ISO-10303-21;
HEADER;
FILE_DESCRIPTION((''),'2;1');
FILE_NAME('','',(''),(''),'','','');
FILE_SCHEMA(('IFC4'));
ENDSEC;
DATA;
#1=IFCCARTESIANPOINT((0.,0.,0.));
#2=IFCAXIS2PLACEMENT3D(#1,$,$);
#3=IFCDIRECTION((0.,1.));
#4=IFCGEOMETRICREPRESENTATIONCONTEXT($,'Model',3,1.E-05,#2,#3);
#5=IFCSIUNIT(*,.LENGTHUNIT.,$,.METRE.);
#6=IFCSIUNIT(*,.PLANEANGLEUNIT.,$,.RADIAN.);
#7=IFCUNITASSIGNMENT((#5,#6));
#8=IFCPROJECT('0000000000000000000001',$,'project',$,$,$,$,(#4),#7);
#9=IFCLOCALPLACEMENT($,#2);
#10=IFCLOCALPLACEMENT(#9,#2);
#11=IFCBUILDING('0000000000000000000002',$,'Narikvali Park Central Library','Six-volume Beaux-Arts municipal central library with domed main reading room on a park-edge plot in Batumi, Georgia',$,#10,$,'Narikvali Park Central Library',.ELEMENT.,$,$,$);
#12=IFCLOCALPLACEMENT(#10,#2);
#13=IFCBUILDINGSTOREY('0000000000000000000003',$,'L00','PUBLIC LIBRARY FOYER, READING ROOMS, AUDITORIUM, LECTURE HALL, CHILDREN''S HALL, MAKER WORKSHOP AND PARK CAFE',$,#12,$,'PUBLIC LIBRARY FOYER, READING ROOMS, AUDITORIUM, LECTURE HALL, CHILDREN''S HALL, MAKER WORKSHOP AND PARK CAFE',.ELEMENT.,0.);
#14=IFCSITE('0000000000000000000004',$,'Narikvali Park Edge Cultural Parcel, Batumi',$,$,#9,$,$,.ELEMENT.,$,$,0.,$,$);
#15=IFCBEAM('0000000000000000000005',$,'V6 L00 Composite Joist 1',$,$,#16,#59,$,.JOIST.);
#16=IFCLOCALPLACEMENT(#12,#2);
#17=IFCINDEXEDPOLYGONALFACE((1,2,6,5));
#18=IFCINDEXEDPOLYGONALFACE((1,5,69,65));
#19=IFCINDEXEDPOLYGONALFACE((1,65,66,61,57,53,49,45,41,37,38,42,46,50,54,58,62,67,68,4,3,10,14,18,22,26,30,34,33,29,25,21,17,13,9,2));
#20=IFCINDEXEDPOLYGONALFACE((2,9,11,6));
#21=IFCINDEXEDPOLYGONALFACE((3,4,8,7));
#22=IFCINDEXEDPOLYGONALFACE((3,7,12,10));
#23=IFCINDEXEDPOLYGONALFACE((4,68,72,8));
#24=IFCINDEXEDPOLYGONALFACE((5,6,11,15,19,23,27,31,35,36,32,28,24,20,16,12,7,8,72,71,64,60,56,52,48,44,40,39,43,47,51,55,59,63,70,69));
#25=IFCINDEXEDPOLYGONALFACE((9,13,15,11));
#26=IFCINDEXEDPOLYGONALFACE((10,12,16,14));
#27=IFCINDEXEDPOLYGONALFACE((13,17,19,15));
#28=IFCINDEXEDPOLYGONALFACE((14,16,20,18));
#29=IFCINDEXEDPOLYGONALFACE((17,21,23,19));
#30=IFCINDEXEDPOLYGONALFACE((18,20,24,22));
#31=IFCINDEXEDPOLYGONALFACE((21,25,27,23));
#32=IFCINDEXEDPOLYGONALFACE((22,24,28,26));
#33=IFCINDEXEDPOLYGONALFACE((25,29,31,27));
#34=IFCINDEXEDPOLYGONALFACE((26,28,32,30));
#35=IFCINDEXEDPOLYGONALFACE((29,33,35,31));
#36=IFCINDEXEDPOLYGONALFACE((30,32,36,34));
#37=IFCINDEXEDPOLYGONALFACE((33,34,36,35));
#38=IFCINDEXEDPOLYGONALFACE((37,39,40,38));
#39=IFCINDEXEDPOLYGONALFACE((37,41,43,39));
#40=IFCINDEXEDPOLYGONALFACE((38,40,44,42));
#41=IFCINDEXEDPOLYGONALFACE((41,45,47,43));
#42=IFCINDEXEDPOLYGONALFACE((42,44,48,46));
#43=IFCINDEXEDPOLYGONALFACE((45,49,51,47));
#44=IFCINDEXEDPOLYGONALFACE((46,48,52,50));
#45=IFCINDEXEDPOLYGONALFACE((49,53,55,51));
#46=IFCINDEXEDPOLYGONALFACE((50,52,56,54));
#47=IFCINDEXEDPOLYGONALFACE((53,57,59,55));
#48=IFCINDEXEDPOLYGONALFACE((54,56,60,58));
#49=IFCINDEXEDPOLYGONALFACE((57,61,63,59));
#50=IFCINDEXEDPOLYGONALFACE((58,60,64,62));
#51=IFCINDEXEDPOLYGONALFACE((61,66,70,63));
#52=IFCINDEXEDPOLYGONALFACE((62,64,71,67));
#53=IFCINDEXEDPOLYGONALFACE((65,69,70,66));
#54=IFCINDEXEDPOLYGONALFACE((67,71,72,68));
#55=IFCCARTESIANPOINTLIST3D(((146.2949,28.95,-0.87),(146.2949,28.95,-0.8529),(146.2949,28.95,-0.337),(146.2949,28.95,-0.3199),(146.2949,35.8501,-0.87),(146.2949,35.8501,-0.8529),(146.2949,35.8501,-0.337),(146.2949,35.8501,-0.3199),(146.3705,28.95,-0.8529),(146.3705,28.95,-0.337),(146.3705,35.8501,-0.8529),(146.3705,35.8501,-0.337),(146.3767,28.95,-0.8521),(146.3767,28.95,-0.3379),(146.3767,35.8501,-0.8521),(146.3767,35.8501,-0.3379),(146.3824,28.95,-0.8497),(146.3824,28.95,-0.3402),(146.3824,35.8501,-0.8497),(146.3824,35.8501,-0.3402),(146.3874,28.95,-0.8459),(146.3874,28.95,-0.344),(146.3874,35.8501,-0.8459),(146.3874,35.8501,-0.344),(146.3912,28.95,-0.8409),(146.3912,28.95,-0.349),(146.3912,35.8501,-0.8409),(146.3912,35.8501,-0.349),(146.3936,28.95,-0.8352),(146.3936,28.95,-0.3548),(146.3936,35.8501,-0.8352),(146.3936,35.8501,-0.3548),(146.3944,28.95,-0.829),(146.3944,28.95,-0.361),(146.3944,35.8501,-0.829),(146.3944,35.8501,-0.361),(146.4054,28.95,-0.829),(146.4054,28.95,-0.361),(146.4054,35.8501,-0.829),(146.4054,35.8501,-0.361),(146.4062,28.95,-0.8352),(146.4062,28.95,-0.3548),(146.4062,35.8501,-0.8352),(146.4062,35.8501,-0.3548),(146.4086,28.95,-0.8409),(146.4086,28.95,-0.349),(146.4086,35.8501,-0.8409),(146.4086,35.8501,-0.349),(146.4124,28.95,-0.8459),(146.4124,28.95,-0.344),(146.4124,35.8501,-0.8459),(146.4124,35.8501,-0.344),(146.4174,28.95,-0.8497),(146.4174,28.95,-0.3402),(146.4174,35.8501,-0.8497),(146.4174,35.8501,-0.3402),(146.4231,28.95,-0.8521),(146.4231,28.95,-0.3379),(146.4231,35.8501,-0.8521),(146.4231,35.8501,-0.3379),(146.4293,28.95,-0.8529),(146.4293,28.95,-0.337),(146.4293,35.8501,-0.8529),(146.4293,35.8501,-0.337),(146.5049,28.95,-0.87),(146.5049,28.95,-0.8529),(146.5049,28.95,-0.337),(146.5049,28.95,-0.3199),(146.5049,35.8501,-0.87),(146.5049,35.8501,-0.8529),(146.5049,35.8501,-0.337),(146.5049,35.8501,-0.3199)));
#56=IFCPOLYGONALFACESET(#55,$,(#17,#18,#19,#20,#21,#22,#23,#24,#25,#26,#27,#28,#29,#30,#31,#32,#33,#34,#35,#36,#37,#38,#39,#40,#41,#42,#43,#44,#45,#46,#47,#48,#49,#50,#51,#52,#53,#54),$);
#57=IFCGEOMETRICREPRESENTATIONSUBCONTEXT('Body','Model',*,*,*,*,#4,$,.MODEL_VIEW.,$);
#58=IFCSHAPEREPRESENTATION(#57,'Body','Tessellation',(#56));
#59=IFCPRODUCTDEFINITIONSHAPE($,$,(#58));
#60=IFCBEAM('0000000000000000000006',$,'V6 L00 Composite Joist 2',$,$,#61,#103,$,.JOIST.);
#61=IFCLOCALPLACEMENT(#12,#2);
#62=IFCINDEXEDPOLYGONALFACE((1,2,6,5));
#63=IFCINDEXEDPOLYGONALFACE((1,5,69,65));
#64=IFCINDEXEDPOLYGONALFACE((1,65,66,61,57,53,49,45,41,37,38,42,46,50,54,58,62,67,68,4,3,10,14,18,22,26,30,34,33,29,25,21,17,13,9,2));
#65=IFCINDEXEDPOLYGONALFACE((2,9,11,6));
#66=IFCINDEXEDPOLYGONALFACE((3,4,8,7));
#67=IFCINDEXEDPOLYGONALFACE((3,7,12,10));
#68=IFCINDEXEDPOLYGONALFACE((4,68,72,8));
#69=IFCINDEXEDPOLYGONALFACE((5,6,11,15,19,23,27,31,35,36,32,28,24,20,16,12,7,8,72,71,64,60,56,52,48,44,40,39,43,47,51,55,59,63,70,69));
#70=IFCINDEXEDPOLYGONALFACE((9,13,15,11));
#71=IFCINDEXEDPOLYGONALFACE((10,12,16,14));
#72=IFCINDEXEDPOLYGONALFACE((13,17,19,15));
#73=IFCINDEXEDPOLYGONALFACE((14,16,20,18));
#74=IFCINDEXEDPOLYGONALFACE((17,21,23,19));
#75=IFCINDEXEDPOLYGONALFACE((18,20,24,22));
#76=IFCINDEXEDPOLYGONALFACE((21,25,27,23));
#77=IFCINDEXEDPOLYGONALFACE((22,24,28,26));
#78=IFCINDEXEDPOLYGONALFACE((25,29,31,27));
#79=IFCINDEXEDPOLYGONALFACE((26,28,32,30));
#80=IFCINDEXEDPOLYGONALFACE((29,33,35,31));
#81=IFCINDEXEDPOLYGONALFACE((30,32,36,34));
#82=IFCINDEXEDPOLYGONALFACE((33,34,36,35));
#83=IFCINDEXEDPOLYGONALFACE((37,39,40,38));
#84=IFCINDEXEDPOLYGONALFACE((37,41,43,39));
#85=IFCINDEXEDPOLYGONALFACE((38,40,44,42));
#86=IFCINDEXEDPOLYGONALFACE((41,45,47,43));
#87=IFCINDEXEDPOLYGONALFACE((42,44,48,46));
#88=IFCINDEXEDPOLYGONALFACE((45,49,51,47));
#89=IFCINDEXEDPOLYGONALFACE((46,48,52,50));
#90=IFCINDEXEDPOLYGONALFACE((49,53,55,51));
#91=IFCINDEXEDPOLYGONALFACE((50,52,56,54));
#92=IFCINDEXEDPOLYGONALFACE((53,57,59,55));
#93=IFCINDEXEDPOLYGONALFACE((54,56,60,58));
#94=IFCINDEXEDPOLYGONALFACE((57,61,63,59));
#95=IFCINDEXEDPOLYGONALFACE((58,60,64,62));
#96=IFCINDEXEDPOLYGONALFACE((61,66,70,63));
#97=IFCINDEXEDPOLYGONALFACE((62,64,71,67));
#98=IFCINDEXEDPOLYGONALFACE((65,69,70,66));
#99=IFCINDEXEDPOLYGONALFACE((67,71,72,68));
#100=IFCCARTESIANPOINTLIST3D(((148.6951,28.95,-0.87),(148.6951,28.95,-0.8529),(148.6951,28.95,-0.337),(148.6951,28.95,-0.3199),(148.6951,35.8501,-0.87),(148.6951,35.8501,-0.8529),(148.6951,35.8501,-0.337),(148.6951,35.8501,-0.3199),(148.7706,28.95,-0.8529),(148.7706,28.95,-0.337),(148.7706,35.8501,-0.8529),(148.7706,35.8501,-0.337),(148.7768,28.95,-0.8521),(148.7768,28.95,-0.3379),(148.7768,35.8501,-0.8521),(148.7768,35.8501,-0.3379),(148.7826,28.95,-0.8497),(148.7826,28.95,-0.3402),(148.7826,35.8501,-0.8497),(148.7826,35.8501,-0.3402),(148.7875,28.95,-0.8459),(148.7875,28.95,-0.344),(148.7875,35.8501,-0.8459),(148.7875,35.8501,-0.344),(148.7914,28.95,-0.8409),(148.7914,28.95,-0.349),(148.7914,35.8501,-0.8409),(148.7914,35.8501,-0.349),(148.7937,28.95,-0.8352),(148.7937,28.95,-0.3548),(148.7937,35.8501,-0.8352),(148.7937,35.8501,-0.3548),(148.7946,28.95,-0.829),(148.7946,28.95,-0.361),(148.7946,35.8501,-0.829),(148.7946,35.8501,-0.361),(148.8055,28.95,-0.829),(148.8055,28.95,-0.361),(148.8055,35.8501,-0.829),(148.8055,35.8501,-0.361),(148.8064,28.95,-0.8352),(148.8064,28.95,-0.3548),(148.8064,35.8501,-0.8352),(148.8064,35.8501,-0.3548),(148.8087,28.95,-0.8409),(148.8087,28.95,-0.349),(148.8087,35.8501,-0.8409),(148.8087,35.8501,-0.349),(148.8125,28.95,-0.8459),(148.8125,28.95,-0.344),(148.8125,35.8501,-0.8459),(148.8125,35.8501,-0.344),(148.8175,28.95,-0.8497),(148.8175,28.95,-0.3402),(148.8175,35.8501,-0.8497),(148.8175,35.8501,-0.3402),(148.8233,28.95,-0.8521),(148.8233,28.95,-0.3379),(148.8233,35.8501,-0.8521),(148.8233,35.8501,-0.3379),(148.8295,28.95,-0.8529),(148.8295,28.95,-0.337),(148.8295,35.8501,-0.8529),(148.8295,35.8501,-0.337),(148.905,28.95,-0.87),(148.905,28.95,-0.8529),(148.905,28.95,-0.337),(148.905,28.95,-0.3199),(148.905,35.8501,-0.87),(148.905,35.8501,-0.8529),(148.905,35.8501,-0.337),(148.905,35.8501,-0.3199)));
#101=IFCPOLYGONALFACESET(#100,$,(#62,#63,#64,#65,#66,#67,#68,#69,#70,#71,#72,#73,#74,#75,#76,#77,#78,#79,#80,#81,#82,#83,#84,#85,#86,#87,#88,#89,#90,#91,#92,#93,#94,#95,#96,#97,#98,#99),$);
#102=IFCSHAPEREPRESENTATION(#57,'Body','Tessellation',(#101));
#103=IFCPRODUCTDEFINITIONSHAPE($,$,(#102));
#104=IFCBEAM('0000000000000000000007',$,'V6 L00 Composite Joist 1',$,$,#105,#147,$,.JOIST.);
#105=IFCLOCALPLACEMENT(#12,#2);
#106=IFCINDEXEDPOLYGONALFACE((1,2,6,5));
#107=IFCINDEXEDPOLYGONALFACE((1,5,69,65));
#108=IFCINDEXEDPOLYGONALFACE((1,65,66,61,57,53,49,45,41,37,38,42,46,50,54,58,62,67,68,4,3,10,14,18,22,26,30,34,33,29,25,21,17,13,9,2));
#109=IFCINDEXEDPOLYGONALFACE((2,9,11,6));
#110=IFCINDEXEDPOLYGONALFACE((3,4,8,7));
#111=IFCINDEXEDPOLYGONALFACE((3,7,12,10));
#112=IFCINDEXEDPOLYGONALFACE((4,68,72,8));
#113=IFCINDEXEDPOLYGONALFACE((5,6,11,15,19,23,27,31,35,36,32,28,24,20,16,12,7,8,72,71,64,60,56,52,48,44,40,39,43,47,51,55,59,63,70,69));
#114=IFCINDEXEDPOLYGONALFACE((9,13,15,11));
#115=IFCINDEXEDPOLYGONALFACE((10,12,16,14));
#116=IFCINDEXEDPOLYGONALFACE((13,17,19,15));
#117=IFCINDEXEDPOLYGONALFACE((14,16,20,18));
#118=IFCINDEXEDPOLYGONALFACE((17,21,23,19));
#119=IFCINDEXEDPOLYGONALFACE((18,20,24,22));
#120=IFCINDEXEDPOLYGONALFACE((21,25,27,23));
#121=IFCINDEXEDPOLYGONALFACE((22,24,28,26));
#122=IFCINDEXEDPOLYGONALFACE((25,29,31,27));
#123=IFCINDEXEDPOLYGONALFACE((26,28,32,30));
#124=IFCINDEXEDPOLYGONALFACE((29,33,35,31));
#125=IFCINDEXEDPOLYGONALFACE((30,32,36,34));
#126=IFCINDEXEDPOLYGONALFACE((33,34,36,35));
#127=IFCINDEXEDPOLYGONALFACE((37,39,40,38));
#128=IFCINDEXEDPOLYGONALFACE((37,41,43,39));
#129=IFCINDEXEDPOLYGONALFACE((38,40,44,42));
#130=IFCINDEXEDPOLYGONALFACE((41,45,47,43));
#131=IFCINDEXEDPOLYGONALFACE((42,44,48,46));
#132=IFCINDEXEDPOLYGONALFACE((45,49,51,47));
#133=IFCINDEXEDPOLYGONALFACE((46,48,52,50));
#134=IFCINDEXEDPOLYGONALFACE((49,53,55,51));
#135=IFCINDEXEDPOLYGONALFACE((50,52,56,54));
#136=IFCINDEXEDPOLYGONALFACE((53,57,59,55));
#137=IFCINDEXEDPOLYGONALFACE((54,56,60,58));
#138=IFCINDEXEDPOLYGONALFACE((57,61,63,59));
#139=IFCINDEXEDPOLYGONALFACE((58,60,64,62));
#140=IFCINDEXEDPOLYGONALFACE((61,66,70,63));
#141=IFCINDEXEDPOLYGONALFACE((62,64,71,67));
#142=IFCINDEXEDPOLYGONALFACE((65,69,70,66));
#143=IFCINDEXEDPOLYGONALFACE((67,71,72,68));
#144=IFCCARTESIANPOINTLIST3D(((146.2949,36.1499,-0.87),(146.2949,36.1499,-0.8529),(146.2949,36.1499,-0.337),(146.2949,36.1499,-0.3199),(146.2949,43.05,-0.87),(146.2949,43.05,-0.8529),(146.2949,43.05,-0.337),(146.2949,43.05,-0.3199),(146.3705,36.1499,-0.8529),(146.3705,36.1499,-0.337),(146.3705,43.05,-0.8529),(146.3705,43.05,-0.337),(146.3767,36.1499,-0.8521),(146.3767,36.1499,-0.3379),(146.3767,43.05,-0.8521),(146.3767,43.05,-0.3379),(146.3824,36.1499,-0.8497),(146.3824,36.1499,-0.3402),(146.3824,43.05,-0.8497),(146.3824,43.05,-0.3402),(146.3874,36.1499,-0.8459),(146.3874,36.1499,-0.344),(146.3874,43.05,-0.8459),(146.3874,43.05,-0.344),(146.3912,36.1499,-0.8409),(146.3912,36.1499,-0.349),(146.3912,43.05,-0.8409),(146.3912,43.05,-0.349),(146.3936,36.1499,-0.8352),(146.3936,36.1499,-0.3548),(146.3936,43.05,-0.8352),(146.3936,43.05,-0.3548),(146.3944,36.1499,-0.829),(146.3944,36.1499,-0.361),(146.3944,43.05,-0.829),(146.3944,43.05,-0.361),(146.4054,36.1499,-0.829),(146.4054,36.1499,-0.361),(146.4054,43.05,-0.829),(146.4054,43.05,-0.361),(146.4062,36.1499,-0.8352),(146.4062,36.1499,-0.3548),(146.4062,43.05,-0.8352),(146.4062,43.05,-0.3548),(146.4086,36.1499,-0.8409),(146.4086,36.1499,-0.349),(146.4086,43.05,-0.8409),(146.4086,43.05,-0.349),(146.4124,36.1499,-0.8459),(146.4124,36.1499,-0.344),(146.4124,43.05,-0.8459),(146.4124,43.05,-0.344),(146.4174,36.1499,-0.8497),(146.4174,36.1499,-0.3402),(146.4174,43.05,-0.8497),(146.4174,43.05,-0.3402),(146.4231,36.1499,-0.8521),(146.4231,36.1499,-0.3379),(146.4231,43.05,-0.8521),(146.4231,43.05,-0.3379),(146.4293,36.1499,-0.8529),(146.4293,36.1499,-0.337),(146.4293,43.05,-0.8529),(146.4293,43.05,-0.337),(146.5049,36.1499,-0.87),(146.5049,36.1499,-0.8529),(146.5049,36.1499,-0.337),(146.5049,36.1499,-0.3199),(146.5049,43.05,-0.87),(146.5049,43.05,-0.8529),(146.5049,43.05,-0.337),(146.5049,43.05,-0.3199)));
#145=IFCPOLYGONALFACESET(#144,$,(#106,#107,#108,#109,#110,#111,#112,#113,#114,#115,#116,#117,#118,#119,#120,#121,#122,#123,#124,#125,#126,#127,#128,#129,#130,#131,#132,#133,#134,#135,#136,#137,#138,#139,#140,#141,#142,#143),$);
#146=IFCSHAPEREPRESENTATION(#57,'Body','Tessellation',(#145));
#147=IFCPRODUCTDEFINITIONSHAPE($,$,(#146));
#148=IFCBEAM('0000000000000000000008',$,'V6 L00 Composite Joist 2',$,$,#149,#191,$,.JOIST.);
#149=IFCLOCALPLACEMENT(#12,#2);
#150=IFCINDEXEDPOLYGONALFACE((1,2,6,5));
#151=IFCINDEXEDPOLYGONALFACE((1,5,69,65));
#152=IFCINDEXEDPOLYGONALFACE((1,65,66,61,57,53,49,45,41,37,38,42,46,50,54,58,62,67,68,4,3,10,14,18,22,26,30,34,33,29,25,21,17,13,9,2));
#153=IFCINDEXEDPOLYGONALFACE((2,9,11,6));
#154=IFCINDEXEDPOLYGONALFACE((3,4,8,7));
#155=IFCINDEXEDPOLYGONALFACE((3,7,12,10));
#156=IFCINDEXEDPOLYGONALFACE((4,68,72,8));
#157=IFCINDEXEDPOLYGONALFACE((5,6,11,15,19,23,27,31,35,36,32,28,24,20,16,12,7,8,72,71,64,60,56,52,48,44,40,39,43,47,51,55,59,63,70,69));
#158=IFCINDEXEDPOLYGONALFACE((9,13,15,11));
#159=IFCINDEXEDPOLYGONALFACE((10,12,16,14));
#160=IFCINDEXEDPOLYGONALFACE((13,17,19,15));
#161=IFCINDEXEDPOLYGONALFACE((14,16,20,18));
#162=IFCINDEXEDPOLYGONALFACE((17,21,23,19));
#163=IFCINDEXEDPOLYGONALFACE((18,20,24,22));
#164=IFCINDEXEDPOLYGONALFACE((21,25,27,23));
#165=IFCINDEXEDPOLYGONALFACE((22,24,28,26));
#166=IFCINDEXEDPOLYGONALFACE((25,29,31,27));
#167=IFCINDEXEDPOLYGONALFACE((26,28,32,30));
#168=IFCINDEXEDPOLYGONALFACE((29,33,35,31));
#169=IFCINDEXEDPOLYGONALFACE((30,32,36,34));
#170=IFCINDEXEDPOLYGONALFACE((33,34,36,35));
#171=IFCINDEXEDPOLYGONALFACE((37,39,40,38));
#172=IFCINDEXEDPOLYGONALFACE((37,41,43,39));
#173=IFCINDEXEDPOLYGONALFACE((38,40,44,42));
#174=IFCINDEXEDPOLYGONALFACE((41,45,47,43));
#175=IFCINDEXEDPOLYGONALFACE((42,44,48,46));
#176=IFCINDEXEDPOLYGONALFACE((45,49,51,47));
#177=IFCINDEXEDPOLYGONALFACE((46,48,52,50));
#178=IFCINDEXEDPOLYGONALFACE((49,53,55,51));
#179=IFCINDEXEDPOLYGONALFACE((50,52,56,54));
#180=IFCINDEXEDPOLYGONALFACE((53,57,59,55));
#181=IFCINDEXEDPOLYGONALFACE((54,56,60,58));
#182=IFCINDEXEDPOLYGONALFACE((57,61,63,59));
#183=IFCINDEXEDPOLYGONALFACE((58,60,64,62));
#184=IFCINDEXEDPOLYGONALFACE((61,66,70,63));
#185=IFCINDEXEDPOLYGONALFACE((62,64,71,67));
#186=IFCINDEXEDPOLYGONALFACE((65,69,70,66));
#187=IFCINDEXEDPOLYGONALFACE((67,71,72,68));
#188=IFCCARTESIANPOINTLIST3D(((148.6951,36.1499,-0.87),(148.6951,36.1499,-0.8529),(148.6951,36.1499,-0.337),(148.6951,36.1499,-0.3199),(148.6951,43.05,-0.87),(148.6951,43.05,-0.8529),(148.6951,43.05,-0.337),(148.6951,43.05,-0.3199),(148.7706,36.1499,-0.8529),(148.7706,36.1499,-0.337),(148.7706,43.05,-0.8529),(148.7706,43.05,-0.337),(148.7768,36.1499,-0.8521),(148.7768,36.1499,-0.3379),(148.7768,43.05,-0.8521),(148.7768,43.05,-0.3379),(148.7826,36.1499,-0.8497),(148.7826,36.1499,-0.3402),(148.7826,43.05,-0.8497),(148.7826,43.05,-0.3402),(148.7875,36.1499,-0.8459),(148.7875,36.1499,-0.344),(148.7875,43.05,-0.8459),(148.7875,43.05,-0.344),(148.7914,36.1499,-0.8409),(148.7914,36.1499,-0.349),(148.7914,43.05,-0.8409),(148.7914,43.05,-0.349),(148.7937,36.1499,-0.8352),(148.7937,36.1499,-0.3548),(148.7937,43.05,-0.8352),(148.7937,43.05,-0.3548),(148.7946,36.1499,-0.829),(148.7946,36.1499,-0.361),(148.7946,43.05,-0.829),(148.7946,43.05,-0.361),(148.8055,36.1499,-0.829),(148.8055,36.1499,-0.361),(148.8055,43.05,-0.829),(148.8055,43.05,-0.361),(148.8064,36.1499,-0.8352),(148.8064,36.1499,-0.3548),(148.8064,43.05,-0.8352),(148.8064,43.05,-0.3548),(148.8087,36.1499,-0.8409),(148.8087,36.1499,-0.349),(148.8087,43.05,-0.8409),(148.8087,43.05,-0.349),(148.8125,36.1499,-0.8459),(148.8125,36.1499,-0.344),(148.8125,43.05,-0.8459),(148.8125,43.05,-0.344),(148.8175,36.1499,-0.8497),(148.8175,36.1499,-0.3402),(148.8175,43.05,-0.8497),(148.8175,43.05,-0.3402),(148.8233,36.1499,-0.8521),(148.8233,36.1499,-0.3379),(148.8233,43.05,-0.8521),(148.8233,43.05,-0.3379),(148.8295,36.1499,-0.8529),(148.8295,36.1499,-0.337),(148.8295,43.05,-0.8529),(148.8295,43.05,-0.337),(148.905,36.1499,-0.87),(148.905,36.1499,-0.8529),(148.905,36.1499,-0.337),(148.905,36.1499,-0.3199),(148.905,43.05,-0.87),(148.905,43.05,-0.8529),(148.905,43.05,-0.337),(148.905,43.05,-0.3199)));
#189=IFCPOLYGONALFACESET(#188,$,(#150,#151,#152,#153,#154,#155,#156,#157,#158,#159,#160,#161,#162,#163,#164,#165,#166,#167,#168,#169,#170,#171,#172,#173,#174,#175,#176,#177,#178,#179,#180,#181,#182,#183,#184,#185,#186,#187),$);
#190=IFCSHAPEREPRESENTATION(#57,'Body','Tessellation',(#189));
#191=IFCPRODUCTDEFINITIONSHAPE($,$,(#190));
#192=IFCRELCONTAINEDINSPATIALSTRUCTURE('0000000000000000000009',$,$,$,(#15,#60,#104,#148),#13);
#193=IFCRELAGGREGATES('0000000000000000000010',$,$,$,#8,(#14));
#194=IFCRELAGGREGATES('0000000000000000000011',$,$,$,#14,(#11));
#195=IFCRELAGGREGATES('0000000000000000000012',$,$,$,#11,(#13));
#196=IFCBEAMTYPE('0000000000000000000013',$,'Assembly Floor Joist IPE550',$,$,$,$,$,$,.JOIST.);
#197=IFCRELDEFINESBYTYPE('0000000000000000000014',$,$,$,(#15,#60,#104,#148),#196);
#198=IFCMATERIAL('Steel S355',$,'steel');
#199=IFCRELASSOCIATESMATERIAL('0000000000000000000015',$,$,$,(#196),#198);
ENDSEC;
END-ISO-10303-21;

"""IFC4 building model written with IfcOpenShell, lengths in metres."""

from ifc_helpers import new_model, si_unit, direction, frame, origin, origin_2d, place, context, subcontext, project, spatial, i_section, extrude, material, material_profile, profile_set, type_object, element, save


model = new_model("IFC4")

# Units and contexts
model_context = context("Model", 3, precision=1e-05, world=origin(), true_north=direction((0.0, 1.0)))
body_context = subcontext(model_context, "Body", "Model", "MODEL_VIEW")
ifc_project = project(units=[si_unit("LENGTHUNIT", "METRE"), si_unit("PLANEANGLEUNIT", "RADIAN")], contexts=[model_context])

# Site, building, storey
site_placement = place(None, origin())
site = spatial("IfcSite", under=ifc_project, at=site_placement, Name="Narikvali Park Edge Cultural Parcel, Batumi", CompositionType="ELEMENT", RefElevation=0.0)
building_placement = place(site_placement, origin())
building = spatial("IfcBuilding", under=site, at=building_placement, Name="Narikvali Park Central Library", Description="Six-volume Beaux-Arts municipal central library with domed main reading room on a park-edge plot in Batumi, Georgia", LongName="Narikvali Park Central Library", CompositionType="ELEMENT")
storey_placement = place(building_placement, origin())
storey = spatial("IfcBuildingStorey", under=building, at=storey_placement, Name="L00", Description="PUBLIC LIBRARY FOYER, READING ROOMS, AUDITORIUM, LECTURE HALL, CHILDREN'S HALL, MAKER WORKSHOP AND PARK CAFE", LongName="PUBLIC LIBRARY FOYER, READING ROOMS, AUDITORIUM, LECTURE HALL, CHILDREN'S HALL, MAKER WORKSHOP AND PARK CAFE", CompositionType="ELEMENT", Elevation=0.0)

# Shared definitions
ifc_material_1 = material(Name="Steel S355", Category="steel")

# Beams
ifc_material_profile_1 = material_profile(ifc_material_1, i_section(OverallWidth=0.21, OverallDepth=0.55, WebThickness=0.011, FlangeThickness=0.0171, FilletRadius=0.0239, at=origin_2d()), Name="IPE 550")
ifc_profile_set_1 = profile_set([ifc_material_profile_1], Name="Steel S355")
beam_type_1 = type_object("IfcBeamType", Name="Assembly Floor Joist IPE550", PredefinedType="JOIST", material=ifc_profile_set_1)
for number, where, z_axis, x_axis, name in (
    (1, (146.3999, 28.95, -0.595), (0.0, 1.0, 0.0), (-1.0, 0.0, 0.0), "V6 L00 Composite Joist 1"),
    (2, (148.8, 28.95, -0.595), (0.0, 1.0, 0.0), (-1.0, 0.0, 0.0), "V6 L00 Composite Joist 2"),
    (3, (146.3999, 36.1499, -0.595), (0.0, 1.0, 0.0), (-1.0, 0.0, 0.0), "V6 L00 Composite Joist 1"),
    (4, (148.8, 36.1499, -0.595), (0.0, 1.0, 0.0), (-1.0, 0.0, 0.0), "V6 L00 Composite Joist 2"),
):
    element("IfcBeam", number, at=place(storey_placement, frame(where, z_axis=z_axis, x_axis=x_axis)), inside=storey, type_object=beam_type_1, Name=name, PredefinedType="JOIST", context=body_context, shape_type="SweptSolid", body=[
        extrude(i_section(OverallWidth=0.21, OverallDepth=0.55, WebThickness=0.011, FlangeThickness=0.0171, FilletRadius=0.0239, at=origin_2d()), origin(), (0.0, 0.0, 1.0), 6.9001),
    ])

save(model, "model.ifc")
